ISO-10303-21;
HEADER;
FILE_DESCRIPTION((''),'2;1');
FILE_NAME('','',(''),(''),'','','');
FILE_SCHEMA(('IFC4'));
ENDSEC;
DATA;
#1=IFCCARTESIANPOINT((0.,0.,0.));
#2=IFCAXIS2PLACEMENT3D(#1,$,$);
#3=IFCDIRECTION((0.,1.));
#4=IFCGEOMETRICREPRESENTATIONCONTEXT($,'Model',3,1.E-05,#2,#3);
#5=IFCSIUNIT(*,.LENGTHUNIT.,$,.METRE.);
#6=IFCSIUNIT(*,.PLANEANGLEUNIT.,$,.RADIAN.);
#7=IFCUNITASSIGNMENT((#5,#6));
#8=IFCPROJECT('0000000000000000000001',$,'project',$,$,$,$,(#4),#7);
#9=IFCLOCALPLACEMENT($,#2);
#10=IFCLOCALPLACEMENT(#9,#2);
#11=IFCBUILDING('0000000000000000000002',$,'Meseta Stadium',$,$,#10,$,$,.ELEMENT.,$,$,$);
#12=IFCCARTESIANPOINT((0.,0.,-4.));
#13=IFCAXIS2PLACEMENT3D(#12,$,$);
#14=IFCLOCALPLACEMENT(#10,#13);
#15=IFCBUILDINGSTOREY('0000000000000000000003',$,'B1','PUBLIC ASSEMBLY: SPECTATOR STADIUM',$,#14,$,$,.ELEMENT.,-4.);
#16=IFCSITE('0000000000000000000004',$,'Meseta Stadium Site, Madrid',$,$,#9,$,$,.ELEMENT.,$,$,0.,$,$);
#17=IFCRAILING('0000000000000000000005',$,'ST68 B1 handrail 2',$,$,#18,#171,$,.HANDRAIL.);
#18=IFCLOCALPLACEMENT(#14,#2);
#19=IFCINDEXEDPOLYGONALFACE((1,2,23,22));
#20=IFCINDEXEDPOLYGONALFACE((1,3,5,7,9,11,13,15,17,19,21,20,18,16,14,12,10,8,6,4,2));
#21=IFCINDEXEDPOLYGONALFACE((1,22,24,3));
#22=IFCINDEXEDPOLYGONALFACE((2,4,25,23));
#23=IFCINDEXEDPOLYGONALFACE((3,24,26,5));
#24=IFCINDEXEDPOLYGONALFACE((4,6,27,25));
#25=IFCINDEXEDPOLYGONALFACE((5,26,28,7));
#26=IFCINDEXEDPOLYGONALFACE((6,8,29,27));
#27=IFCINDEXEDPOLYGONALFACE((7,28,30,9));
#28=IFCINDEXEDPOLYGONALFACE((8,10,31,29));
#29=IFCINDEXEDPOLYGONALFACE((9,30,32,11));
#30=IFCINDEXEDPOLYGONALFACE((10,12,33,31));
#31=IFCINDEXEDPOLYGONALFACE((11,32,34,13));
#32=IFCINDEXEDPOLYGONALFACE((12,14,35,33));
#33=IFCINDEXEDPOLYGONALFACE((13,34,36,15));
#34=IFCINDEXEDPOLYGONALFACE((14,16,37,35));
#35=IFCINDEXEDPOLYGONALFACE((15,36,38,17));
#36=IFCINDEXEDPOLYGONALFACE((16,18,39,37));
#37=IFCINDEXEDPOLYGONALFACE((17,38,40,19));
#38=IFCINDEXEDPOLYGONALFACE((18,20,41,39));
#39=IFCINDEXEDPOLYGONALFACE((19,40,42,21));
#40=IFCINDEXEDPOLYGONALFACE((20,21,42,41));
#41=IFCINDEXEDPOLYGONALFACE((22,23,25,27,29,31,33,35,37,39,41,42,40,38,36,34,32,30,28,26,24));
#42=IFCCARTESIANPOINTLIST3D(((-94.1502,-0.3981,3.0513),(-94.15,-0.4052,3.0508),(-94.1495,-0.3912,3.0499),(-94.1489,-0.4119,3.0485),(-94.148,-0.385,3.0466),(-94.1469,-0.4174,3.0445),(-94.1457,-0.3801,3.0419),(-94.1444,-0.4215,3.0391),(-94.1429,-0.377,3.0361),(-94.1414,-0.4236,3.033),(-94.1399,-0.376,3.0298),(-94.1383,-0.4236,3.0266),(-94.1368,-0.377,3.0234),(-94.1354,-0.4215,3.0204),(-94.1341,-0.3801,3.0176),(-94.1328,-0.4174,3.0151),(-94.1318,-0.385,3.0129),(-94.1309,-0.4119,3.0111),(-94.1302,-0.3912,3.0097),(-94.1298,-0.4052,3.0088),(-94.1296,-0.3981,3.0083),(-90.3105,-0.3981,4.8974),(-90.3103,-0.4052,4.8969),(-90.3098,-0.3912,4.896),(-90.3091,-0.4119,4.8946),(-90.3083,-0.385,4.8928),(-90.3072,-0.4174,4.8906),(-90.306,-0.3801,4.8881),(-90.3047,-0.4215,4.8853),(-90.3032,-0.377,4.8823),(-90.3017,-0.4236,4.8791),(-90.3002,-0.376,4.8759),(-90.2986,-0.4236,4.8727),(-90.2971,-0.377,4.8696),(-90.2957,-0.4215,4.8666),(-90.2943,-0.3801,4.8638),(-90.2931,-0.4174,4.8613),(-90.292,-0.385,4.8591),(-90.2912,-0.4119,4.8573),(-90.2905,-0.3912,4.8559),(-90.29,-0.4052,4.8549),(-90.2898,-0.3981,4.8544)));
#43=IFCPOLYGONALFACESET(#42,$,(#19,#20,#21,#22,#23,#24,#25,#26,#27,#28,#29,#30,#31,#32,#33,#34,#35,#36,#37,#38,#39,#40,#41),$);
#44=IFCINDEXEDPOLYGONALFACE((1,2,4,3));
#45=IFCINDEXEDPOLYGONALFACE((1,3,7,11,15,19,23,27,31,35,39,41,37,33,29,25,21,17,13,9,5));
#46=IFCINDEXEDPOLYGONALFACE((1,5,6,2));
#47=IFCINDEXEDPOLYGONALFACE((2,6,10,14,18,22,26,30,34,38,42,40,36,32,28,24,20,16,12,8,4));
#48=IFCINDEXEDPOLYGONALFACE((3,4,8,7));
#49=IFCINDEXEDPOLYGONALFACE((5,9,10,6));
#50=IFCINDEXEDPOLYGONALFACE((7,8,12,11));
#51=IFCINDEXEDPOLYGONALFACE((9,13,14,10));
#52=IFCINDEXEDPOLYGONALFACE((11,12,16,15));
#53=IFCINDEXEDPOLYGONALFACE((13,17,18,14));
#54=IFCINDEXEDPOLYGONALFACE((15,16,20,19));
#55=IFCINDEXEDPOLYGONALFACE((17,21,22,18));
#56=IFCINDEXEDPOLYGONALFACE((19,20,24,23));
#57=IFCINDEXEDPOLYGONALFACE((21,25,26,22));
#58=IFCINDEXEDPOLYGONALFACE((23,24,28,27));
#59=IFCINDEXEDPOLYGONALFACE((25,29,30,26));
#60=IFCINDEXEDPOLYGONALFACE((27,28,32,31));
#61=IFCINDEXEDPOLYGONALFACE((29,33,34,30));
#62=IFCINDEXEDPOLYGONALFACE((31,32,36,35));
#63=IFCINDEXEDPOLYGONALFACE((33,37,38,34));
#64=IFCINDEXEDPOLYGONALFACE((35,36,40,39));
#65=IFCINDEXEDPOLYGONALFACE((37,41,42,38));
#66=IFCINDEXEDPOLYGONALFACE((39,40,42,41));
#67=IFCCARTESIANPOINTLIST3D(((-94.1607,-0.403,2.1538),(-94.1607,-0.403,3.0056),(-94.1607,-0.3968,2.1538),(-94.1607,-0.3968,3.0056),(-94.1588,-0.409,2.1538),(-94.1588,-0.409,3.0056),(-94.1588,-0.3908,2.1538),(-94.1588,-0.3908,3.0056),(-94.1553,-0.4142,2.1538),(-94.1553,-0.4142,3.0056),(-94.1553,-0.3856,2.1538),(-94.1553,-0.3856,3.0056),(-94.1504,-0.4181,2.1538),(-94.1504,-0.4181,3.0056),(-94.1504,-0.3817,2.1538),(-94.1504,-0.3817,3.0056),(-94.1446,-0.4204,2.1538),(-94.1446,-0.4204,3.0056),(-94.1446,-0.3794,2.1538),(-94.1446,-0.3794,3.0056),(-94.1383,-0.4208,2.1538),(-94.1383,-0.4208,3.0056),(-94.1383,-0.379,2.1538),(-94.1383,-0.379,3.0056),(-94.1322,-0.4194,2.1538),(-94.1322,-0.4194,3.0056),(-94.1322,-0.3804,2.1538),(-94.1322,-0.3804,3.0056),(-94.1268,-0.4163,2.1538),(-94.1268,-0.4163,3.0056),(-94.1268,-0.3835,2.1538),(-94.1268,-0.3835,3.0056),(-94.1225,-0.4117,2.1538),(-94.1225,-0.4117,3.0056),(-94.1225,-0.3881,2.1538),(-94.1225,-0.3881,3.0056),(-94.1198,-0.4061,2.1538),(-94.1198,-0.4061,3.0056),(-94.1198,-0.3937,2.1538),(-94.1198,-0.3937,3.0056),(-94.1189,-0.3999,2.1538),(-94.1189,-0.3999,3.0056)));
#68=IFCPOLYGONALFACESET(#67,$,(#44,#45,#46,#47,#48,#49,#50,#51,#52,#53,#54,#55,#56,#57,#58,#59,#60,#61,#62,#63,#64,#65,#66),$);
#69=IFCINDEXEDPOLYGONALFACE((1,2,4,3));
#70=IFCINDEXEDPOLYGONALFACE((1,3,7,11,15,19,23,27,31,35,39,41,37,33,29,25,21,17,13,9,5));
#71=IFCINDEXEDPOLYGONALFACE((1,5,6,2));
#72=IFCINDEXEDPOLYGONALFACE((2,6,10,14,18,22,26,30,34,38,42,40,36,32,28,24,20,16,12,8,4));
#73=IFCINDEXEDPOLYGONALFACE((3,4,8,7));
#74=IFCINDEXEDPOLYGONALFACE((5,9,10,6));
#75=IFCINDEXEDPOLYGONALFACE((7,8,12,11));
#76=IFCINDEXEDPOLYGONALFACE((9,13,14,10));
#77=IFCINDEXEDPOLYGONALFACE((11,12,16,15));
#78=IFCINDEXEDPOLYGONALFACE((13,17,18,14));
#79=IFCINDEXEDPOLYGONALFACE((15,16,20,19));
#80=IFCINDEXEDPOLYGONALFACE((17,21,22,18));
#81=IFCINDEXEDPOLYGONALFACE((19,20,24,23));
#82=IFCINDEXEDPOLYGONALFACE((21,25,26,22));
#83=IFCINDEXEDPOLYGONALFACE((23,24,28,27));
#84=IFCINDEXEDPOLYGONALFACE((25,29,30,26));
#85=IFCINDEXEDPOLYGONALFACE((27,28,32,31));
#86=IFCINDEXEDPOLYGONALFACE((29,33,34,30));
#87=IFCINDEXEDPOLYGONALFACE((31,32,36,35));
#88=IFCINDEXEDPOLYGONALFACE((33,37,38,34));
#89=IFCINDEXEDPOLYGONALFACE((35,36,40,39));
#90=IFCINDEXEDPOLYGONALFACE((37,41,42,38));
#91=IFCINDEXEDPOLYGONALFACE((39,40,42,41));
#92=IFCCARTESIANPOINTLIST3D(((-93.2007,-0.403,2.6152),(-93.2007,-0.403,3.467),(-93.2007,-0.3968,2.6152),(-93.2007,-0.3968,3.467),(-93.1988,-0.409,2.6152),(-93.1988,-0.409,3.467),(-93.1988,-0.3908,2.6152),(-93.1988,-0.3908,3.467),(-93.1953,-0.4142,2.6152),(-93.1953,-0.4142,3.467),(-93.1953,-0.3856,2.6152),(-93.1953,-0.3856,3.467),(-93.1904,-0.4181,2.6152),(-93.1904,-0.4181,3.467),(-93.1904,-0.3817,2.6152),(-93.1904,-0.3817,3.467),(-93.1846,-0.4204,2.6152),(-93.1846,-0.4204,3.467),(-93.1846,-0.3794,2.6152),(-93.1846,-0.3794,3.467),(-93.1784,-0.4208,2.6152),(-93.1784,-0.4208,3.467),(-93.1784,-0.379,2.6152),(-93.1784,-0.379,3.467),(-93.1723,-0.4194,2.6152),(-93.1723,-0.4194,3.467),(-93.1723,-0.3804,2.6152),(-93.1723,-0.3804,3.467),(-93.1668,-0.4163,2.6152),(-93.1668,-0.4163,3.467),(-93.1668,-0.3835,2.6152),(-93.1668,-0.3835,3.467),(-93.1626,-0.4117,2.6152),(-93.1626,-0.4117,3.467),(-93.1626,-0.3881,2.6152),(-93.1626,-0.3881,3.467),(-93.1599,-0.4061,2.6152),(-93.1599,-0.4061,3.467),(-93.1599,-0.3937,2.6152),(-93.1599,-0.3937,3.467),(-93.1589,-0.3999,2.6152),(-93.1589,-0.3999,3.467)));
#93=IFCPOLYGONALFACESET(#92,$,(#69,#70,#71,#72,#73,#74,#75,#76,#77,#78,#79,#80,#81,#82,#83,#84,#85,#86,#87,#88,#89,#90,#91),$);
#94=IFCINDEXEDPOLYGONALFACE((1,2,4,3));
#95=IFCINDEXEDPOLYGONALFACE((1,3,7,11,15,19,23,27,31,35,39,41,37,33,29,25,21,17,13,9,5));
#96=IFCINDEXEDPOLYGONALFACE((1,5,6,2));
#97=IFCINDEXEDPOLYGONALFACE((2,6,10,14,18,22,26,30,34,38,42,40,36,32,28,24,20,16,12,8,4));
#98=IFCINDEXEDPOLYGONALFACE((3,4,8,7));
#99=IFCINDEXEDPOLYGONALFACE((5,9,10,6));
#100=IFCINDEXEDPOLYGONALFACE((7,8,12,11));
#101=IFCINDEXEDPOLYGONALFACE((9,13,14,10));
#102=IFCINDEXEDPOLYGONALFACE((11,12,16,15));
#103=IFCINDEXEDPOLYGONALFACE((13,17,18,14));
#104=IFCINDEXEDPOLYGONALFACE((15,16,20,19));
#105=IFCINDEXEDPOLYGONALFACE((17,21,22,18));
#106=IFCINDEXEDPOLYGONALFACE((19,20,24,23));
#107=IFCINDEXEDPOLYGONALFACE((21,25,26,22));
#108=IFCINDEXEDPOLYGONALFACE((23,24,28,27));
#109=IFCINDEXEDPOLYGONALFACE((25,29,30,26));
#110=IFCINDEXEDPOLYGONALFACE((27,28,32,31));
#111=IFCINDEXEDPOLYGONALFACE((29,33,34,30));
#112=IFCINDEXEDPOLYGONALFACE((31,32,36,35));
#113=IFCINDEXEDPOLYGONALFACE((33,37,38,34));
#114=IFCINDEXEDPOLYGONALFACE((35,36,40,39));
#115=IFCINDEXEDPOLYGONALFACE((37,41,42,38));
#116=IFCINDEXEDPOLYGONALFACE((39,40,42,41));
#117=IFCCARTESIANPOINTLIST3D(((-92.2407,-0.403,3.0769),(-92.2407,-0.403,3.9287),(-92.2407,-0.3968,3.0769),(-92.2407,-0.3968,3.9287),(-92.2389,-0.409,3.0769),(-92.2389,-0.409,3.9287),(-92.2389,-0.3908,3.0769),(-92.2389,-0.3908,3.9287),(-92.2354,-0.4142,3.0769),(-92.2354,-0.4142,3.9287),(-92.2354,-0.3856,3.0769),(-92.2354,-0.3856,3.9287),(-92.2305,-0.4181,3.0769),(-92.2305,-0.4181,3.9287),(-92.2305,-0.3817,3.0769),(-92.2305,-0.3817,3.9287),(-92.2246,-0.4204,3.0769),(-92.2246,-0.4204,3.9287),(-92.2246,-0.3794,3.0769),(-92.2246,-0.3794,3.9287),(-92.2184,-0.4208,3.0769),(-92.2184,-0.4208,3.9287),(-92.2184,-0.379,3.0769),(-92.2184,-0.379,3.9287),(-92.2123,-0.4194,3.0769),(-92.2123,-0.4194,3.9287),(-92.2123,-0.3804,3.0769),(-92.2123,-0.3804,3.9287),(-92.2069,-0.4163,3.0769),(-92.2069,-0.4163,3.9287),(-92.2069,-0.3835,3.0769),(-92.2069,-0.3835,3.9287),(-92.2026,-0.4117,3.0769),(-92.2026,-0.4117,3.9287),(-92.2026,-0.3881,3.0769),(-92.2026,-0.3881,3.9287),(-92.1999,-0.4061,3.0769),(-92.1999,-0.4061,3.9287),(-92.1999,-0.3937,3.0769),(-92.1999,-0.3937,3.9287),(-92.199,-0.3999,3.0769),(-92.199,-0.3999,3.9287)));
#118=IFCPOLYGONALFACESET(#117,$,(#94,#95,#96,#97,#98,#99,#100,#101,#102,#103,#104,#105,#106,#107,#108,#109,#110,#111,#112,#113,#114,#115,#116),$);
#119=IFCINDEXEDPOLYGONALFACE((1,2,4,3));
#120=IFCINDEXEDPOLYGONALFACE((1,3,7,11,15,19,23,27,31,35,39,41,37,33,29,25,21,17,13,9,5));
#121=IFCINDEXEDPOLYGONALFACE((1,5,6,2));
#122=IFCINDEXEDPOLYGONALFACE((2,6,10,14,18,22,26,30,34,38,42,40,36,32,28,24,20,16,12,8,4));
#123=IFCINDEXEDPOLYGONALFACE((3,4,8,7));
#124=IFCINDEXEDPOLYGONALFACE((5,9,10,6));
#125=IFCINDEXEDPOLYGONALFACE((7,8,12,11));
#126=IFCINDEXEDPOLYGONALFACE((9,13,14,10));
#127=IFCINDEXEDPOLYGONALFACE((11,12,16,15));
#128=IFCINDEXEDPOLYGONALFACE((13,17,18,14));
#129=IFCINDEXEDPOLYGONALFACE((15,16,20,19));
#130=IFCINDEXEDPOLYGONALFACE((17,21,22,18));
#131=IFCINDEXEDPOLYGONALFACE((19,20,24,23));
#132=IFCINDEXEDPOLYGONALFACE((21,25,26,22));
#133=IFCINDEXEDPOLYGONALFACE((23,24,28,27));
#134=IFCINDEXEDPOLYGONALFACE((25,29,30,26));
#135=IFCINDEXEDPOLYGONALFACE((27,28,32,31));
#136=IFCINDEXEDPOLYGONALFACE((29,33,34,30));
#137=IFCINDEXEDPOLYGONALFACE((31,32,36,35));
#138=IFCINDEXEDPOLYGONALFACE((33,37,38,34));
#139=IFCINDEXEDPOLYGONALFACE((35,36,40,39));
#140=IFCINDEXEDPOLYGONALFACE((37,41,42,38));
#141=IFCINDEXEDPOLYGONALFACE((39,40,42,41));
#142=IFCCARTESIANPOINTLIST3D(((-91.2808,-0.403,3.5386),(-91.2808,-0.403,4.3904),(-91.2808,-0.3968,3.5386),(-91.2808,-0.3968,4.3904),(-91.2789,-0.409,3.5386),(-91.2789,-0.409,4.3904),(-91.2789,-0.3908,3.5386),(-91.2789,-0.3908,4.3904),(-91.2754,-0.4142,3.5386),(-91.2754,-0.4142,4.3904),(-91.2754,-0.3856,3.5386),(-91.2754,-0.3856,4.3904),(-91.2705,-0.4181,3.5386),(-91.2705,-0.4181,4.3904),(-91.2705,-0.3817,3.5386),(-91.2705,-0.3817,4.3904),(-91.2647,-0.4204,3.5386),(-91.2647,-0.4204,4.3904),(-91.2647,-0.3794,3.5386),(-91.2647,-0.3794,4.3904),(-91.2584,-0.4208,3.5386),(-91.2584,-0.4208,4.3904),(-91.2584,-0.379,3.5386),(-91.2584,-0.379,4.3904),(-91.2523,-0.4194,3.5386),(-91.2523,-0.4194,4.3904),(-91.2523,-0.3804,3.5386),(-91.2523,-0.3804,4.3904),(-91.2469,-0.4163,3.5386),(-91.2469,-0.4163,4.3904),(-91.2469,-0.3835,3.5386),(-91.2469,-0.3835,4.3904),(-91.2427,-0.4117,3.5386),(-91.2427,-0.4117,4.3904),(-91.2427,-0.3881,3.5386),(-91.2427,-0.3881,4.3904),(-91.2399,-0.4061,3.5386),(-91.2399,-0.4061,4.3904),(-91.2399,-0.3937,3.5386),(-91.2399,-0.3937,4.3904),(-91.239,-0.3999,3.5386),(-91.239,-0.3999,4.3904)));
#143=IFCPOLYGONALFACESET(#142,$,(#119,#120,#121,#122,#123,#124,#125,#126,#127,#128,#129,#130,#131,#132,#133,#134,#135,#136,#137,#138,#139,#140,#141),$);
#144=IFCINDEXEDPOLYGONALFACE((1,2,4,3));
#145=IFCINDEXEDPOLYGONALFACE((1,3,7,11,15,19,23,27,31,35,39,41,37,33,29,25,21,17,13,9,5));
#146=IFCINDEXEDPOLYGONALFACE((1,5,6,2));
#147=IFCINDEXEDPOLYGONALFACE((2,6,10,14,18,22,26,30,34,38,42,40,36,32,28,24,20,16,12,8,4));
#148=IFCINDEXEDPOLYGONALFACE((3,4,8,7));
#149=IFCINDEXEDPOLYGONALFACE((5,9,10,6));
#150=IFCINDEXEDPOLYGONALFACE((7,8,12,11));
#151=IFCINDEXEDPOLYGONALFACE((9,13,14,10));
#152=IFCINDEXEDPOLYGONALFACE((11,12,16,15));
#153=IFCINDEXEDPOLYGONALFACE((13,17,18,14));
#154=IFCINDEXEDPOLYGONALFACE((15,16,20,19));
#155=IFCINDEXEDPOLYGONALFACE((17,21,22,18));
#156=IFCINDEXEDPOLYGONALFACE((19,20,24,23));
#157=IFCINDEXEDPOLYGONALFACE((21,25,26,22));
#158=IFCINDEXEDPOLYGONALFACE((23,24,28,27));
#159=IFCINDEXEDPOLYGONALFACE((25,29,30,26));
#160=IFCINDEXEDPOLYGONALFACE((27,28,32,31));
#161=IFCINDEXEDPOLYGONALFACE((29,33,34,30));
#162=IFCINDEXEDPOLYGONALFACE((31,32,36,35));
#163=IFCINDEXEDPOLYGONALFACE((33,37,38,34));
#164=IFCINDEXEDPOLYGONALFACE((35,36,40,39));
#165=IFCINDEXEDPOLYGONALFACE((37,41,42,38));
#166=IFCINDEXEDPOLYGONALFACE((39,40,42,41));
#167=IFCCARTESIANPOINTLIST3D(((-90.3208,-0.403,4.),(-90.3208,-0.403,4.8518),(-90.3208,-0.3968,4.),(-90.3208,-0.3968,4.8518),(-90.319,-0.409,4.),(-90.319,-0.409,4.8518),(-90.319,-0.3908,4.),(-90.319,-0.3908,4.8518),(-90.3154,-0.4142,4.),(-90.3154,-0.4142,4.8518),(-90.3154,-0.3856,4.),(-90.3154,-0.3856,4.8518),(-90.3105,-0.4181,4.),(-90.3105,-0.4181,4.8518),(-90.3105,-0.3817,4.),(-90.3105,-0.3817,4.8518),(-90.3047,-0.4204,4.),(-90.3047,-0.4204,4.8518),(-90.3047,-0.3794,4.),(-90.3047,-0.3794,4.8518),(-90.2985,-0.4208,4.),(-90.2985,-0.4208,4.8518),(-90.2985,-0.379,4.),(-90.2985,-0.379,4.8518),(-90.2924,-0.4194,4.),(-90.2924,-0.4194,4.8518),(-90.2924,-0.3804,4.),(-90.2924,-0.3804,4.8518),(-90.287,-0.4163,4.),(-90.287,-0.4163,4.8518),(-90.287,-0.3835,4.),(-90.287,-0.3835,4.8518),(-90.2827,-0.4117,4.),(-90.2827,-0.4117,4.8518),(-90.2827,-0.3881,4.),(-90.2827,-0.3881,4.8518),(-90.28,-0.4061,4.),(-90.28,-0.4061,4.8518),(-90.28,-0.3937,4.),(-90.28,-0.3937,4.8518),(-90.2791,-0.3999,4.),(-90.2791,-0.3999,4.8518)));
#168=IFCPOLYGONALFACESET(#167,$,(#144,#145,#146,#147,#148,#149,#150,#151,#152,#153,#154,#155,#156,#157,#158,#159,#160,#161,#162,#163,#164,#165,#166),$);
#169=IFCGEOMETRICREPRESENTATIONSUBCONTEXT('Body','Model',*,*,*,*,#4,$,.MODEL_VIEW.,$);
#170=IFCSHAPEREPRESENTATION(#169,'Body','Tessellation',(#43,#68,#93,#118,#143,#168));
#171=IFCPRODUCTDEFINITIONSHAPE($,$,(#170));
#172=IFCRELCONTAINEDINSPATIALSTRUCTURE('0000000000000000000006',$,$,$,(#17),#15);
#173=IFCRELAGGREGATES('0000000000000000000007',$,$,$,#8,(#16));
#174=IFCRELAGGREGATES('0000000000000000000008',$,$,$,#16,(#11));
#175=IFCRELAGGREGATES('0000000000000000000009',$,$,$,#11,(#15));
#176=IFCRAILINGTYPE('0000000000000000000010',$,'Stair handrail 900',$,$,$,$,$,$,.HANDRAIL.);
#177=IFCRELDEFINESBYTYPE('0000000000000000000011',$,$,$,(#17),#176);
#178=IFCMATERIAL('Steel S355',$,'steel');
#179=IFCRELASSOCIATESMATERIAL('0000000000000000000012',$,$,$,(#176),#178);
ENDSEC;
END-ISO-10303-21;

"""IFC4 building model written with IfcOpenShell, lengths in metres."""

from ifc_helpers import new_model, si_unit, direction, frame, origin, origin_2d, place, context, subcontext, project, spatial, circle, extrude, material, type_object, element, save


model = new_model("IFC4")

# Units and contexts
model_context = context("Model", 3, precision=1e-05, world=origin(), true_north=direction((0.0, 1.0)))
body_context = subcontext(model_context, "Body", "Model", "MODEL_VIEW")
ifc_project = project(units=[si_unit("LENGTHUNIT", "METRE"), si_unit("PLANEANGLEUNIT", "RADIAN")], contexts=[model_context])

# Site, building, storey
site_placement = place(None, origin())
site = spatial("IfcSite", under=ifc_project, at=site_placement, Name="Meseta Stadium Site, Madrid", CompositionType="ELEMENT", RefElevation=0.0)
building_placement = place(site_placement, origin())
building = spatial("IfcBuilding", under=site, at=building_placement, Name="Meseta Stadium", CompositionType="ELEMENT")
storey_placement = place(building_placement, frame((0.0, 0.0, -4.0)))
storey = spatial("IfcBuildingStorey", under=building, at=storey_placement, Name="B1", Description="PUBLIC ASSEMBLY: SPECTATOR STADIUM", CompositionType="ELEMENT", Elevation=-4.0)

# Railing
ifc_material_1 = material(Name="Steel S355", Category="steel")
railing_type_1 = type_object("IfcRailingType", Name="Stair handrail 900", PredefinedType="HANDRAIL", material=ifc_material_1)
for number, where, name in (
    (1, (-94.1399, -0.3999, 2.1538), "ST68 B1 handrail 2"),
):
    element("IfcRailing", number, at=place(storey_placement, frame(where)), inside=storey, type_object=railing_type_1, Name=name, PredefinedType="HANDRAIL", context=body_context, shape_type="SweptSolid", body=[
        extrude(circle(Radius=0.0239, at=origin_2d()), frame((0.0, 0.0, 0.876), z_axis=(0.901242, 0.0, 0.433316), x_axis=(0.0, 1.0, 0.0)), (0.0, 0.0, 1.0), 4.2605),
        extrude(circle(Radius=0.021, at=origin_2d()), origin(), (0.0, 0.0, 1.0), 0.8518),
        extrude(circle(Radius=0.021, at=origin_2d()), frame((0.96, 0.0, 0.4614)), (0.0, 0.0, 1.0), 0.8518),
        extrude(circle(Radius=0.021, at=origin_2d()), frame((1.9199, 0.0, 0.9231)), (0.0, 0.0, 1.0), 0.8518),
        extrude(circle(Radius=0.021, at=origin_2d()), frame((2.8799, 0.0, 1.3848)), (0.0, 0.0, 1.0), 0.8518),
        extrude(circle(Radius=0.021, at=origin_2d()), frame((3.8398, 0.0, 1.8462)), (0.0, 0.0, 1.0), 0.8518),
    ])

save(model, "model.ifc")
